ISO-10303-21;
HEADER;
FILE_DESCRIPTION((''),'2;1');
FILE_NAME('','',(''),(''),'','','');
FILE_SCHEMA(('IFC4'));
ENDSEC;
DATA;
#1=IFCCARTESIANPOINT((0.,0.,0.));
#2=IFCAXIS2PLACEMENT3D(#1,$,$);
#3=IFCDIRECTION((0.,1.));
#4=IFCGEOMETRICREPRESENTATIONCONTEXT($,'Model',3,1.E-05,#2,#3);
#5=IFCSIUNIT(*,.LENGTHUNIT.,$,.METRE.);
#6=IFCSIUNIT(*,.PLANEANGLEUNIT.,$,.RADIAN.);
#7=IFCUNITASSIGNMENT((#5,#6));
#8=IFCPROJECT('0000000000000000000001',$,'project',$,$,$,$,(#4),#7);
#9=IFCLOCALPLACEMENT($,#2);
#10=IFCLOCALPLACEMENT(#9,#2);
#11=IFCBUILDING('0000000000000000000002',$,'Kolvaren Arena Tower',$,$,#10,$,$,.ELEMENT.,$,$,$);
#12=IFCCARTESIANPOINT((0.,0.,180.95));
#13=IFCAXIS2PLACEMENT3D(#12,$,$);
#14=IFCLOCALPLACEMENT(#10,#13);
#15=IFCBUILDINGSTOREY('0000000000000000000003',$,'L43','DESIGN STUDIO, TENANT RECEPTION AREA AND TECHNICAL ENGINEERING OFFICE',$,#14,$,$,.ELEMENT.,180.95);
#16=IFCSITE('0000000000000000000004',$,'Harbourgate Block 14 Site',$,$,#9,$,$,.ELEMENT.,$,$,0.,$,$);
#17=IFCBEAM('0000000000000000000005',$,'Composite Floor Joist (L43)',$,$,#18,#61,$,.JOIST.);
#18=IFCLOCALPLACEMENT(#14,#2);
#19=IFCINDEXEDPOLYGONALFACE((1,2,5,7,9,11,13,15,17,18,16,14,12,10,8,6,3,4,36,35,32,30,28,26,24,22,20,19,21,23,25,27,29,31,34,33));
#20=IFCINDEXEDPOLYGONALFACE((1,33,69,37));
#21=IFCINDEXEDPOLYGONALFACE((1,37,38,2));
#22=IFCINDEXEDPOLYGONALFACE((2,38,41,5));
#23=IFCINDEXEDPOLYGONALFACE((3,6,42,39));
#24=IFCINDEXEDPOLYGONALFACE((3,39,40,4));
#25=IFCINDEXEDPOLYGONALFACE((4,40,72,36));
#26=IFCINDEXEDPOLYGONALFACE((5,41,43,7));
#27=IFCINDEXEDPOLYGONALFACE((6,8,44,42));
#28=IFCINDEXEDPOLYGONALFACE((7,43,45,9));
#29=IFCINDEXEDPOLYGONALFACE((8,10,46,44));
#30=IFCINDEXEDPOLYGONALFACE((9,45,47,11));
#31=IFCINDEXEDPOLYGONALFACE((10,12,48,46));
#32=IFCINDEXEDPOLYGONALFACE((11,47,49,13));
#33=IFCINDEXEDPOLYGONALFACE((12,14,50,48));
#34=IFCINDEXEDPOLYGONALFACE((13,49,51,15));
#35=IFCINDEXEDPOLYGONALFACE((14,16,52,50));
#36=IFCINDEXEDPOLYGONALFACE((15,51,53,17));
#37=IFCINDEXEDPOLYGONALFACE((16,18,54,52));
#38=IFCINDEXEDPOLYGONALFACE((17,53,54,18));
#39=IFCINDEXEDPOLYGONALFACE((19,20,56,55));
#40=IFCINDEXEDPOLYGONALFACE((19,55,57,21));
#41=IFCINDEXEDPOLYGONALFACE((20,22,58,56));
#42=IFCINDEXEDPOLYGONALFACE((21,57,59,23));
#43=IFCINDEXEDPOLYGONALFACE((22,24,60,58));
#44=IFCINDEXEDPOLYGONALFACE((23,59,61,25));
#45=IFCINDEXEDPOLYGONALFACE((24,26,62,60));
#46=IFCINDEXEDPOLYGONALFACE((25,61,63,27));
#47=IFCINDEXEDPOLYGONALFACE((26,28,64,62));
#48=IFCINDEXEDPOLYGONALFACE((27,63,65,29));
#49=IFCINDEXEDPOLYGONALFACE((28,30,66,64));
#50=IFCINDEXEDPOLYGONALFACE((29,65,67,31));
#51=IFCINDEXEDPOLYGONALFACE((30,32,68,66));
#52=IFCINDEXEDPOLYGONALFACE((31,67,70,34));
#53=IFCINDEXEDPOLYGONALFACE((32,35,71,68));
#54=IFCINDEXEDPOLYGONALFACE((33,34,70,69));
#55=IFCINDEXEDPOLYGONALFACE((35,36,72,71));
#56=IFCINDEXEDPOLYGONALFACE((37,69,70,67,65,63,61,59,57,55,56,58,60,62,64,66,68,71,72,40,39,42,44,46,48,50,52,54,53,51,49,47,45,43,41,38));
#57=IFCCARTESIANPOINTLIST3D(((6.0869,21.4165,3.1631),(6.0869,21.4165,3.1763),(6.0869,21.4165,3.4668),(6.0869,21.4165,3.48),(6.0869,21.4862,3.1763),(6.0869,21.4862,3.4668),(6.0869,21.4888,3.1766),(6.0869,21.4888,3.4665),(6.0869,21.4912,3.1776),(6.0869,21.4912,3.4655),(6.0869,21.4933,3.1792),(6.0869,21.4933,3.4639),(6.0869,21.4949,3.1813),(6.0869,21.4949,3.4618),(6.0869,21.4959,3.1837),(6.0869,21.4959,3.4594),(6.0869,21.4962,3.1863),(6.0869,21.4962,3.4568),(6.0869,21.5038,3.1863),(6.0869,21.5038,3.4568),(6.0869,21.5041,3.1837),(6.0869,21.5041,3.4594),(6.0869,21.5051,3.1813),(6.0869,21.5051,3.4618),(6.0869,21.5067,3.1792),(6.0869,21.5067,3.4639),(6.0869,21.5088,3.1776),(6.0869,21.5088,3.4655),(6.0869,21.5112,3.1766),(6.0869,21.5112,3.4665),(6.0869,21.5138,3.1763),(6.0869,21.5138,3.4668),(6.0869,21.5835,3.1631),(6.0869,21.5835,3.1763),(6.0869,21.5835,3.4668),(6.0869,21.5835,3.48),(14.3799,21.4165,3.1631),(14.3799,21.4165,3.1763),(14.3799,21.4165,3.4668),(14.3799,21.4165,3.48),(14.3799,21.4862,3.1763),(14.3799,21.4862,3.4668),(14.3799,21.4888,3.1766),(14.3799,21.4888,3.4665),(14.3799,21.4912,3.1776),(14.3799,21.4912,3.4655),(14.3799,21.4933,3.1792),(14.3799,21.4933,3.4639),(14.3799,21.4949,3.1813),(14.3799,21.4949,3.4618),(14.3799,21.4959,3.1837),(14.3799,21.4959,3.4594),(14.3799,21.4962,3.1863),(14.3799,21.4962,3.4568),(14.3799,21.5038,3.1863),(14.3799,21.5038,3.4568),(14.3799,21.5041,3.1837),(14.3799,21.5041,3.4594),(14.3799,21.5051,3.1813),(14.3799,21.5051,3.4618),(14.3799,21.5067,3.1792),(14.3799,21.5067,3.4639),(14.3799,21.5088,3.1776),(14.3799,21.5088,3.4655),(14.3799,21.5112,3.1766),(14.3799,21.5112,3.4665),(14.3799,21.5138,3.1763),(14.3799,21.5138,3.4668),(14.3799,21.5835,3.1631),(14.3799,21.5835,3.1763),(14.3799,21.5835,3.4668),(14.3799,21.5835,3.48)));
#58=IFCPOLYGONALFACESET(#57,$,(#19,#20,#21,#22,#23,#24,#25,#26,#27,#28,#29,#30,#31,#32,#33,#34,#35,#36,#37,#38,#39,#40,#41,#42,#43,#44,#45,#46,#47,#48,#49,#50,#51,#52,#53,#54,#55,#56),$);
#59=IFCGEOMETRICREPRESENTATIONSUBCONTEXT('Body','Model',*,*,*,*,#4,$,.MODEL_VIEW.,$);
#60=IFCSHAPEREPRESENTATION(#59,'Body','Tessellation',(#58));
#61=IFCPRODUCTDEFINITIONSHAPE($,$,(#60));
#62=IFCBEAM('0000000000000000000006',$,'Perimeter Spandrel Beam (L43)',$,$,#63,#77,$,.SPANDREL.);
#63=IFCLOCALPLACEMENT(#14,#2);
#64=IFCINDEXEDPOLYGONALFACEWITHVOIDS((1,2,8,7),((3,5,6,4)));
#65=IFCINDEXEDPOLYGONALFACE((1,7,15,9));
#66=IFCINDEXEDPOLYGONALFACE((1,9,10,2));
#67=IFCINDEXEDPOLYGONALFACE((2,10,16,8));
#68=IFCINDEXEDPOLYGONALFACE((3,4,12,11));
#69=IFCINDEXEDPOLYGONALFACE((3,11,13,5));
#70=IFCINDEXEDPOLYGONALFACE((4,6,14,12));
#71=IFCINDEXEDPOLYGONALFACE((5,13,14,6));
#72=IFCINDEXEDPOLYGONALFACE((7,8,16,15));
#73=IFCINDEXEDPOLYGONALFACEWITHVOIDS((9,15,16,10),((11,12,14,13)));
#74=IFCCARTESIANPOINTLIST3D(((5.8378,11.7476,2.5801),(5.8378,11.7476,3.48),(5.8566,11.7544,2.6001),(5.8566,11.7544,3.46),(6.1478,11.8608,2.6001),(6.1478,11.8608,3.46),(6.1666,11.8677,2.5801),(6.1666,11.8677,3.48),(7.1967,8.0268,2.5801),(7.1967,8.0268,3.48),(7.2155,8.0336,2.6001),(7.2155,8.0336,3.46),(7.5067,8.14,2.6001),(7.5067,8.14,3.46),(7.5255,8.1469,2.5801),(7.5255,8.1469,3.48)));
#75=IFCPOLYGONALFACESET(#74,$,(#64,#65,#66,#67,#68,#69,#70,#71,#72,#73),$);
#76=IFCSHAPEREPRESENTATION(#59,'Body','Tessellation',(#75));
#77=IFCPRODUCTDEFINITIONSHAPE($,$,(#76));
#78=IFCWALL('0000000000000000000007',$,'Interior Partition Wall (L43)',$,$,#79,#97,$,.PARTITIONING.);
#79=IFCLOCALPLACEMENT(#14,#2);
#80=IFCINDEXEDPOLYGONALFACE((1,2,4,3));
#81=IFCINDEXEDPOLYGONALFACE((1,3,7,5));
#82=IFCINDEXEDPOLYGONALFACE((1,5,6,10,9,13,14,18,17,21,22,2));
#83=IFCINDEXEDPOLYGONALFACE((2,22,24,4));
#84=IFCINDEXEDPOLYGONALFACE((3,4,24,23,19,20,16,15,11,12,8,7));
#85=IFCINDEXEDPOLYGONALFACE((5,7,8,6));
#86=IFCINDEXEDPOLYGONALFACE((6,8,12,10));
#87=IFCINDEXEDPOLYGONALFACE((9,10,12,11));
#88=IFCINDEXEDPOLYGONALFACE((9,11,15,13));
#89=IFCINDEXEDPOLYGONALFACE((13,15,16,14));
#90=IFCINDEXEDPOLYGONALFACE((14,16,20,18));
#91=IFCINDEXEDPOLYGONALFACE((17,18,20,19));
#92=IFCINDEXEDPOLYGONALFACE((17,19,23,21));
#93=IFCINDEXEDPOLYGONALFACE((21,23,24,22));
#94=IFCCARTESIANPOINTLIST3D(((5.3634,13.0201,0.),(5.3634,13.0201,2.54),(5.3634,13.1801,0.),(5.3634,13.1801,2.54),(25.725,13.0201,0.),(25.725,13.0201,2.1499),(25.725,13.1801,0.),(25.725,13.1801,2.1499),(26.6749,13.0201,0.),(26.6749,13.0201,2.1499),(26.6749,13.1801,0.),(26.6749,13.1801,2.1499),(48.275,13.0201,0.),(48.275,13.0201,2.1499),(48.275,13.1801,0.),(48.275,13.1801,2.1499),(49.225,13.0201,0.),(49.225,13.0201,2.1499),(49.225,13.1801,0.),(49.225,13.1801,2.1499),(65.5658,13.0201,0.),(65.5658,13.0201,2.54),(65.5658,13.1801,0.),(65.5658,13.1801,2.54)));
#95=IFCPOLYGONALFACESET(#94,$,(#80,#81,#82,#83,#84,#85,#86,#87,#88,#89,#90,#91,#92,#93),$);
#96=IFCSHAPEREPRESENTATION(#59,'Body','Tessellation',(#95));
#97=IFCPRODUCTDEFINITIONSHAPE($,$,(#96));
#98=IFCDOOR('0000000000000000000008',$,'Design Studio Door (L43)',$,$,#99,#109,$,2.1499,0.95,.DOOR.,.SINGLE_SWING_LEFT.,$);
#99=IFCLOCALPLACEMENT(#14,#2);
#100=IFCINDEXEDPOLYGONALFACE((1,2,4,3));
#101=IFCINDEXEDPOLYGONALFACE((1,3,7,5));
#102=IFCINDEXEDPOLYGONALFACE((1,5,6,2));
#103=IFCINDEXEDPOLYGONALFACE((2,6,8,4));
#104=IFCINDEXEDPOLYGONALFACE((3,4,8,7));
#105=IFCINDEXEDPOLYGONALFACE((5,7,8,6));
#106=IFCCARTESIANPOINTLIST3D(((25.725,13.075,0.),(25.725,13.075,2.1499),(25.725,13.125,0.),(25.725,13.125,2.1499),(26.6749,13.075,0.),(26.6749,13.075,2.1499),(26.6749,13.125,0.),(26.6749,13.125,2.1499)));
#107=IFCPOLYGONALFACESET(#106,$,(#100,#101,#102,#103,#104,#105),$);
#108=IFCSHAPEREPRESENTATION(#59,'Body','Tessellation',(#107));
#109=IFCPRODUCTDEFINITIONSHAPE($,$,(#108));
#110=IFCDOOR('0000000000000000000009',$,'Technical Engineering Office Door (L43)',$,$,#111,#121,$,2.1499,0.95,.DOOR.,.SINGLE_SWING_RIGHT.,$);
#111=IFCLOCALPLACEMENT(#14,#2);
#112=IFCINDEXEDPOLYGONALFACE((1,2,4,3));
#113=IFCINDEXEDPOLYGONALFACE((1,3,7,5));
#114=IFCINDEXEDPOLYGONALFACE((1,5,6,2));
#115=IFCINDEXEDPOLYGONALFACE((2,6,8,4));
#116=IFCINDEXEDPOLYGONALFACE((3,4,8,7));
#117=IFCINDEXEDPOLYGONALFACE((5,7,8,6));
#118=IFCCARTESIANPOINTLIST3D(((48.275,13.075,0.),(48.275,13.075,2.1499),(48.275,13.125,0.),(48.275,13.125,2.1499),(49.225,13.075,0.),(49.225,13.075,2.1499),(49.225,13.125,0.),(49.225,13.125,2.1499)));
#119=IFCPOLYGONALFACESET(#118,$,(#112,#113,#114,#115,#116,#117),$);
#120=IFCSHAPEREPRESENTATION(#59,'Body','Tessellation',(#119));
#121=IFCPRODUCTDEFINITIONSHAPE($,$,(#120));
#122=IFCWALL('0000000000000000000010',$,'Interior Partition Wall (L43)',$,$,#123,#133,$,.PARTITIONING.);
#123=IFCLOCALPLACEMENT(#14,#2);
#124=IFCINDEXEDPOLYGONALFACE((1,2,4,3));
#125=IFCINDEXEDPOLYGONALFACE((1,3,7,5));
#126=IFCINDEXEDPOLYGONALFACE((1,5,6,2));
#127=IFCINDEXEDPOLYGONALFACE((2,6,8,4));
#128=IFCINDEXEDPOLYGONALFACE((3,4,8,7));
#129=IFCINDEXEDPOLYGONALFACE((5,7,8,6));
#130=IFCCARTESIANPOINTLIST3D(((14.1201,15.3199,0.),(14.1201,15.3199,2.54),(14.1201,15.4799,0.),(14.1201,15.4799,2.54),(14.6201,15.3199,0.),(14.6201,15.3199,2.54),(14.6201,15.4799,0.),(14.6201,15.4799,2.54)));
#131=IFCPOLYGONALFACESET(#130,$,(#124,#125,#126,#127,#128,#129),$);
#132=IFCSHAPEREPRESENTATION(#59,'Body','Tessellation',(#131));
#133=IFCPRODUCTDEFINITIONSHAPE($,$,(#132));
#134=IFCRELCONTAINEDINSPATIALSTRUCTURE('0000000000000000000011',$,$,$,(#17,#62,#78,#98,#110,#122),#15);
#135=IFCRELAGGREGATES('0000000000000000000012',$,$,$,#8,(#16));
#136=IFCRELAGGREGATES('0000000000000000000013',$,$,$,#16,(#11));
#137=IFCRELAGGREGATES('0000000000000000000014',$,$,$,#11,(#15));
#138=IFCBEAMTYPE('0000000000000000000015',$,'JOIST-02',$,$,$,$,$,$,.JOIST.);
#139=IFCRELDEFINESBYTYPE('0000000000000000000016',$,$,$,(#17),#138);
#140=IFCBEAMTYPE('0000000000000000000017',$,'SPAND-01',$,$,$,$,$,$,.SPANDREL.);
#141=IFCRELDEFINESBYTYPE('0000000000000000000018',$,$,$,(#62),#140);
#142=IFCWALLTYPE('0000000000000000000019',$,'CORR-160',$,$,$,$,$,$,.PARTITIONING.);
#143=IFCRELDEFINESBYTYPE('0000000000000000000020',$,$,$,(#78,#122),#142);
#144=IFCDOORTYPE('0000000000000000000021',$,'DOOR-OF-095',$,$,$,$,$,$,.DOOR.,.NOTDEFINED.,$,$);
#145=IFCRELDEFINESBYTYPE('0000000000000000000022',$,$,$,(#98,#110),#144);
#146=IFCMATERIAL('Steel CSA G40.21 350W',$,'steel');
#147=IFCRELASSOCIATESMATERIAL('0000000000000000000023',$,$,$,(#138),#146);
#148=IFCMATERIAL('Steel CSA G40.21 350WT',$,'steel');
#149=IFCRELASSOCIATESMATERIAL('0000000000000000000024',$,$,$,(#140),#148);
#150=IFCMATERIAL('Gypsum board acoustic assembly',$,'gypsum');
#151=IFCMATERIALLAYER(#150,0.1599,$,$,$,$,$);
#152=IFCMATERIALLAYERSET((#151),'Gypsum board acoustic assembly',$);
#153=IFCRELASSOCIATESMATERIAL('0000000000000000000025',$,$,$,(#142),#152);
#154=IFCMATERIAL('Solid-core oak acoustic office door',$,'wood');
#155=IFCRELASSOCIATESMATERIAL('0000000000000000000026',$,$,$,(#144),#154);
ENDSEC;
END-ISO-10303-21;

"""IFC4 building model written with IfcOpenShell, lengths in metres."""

from ifc_helpers import new_model, si_unit, direction, frame, frame_2d, origin, origin_2d, place, context, subcontext, project, spatial, rectangle, hollow_rectangle, i_section, extrude, material, layer, layer_set, material_profile, profile_set, type_object, element, fill, save


model = new_model("IFC4")

# Units and contexts
model_context = context("Model", 3, precision=1e-05, world=origin(), true_north=direction((0.0, 1.0)))
body_context = subcontext(model_context, "Body", "Model", "MODEL_VIEW")
ifc_project = project(units=[si_unit("LENGTHUNIT", "METRE"), si_unit("PLANEANGLEUNIT", "RADIAN")], contexts=[model_context])

# Site, building, storey
site_placement = place(None, origin())
site = spatial("IfcSite", under=ifc_project, at=site_placement, Name="Harbourgate Block 14 Site", CompositionType="ELEMENT", RefElevation=0.0)
building_placement = place(site_placement, origin())
building = spatial("IfcBuilding", under=site, at=building_placement, Name="Kolvaren Arena Tower", CompositionType="ELEMENT")
storey_placement = place(building_placement, frame((0.0, 0.0, 180.95)))
storey = spatial("IfcBuildingStorey", under=building, at=storey_placement, Name="L43", Description="DESIGN STUDIO, TENANT RECEPTION AREA AND TECHNICAL ENGINEERING OFFICE", CompositionType="ELEMENT", Elevation=180.95)

# Beams
ifc_material_1 = material(Name="Steel CSA G40.21 350W", Category="steel")
ifc_material_profile_1 = material_profile(ifc_material_1, i_section(OverallWidth=0.167, OverallDepth=0.3169, WebThickness=0.0076, FlangeThickness=0.0132, FilletRadius=0.01, at=origin_2d()), Name="W310x52")
ifc_profile_set_1 = profile_set([ifc_material_profile_1], Name="Steel CSA G40.21 350W")
beam_type_1 = type_object("IfcBeamType", Name="JOIST-02", PredefinedType="JOIST", material=ifc_profile_set_1)
beam_1_placement = place(storey_placement, frame((6.0869, 21.5, 3.3215), z_axis=(1.0, 0.0, 0.0), x_axis=(0.0, 1.0, 0.0)))
element("IfcBeam", 1, at=beam_1_placement, inside=storey, type_object=beam_type_1, Name="Composite Floor Joist (L43)", PredefinedType="JOIST", context=body_context, shape_type="SweptSolid", body=[
    extrude(i_section(OverallWidth=0.167, OverallDepth=0.3169, WebThickness=0.0076, FlangeThickness=0.0132, FilletRadius=0.01, at=origin_2d()), origin(), (0.0, 0.0, 1.0), 8.293),
])
ifc_material_2 = material(Name="Steel CSA G40.21 350WT", Category="steel")
ifc_material_profile_2 = material_profile(ifc_material_2, hollow_rectangle(XDim=0.3501, YDim=0.8999, WallThickness=0.02, at=origin_2d()), Name="HSS 900x350x20")
ifc_profile_set_2 = profile_set([ifc_material_profile_2], Name="Steel CSA G40.21 350WT")
beam_type_2 = type_object("IfcBeamType", Name="SPAND-01", PredefinedType="SPANDREL", material=ifc_profile_set_2)
beam_2_placement = place(storey_placement, frame((6.0022, 11.8076, 3.03), z_axis=(0.343059, -0.939314, 0.0), x_axis=(0.939314, 0.343059, 0.0)))
element("IfcBeam", 2, at=beam_2_placement, inside=storey, type_object=beam_type_2, Name="Perimeter Spandrel Beam (L43)", PredefinedType="SPANDREL", context=body_context, shape_type="SweptSolid", body=[
    extrude(hollow_rectangle(XDim=0.3501, YDim=0.8999, WallThickness=0.02, at=origin_2d()), origin(), (0.0, 0.0, 1.0), 3.9612),
])

# Wall, openings, doors
ifc_material_3 = material(Name="Gypsum board acoustic assembly", Category="gypsum")
ifc_layer_1 = layer(ifc_material_3, 0.1599)
ifc_layer_set_1 = layer_set([ifc_layer_1], Name="Gypsum board acoustic assembly")
wall_type_1 = type_object("IfcWallType", Name="CORR-160", PredefinedType="PARTITIONING", material=ifc_layer_set_1)
wall_1_placement = place(storey_placement, frame((5.3635, 13.1001, 0.0), z_axis=(0.0, 0.0, 1.0), x_axis=(1.0, 0.0, 0.0)))
wall_1 = element("IfcWall", 3, at=wall_1_placement, inside=storey, type_object=wall_type_1, Name="Interior Partition Wall (L43)", PredefinedType="PARTITIONING", context=body_context, shape_type="SweptSolid", body=[
    extrude(rectangle(XDim=60.2024, YDim=0.1599, at=frame_2d((30.1011, 0.0))), origin(), (0.0, 0.0, 1.0), 2.54),
])
opening_1_placement = place(wall_1_placement, frame((20.3613, 0.0, 0.0)))
opening_1 = element("IfcOpeningElement", 4, at=opening_1_placement, cuts=wall_1, PredefinedType="OPENING", context=body_context, shape_type="SweptSolid", body=[
    extrude(rectangle(XDim=0.95, YDim=2.1499, at=frame_2d((0.4751, 1.075))), frame((0.0, 0.0898, 0.0), z_axis=(0.0, -1.0, 0.0), x_axis=(1.0, 0.0, 0.0)), (0.0, 0.0, 1.0), 0.1799),
])
opening_2_placement = place(wall_1_placement, frame((42.9114, 0.0, 0.0)))
opening_2 = element("IfcOpeningElement", 5, at=opening_2_placement, cuts=wall_1, PredefinedType="OPENING", context=body_context, shape_type="SweptSolid", body=[
    extrude(rectangle(XDim=0.95, YDim=2.1499, at=frame_2d((0.4751, 1.075))), frame((0.0, 0.0898, 0.0), z_axis=(0.0, -1.0, 0.0), x_axis=(1.0, 0.0, 0.0)), (0.0, 0.0, 1.0), 0.1799),
])
ifc_material_4 = material(Name="Solid-core oak acoustic office door", Category="wood")
door_type = type_object("IfcDoorType", Name="DOOR-OF-095", OperationType="NOTDEFINED", PredefinedType="DOOR", material=ifc_material_4)
door_1_placement = place(opening_1_placement, origin())
door_1 = element("IfcDoor", 6, at=door_1_placement, inside=storey, type_object=door_type, Name="Design Studio Door (L43)", OperationType="SINGLE_SWING_LEFT", OverallHeight=2.1499, OverallWidth=0.95, PredefinedType="DOOR", context=body_context, shape_type="SweptSolid", body=[
    extrude(rectangle(XDim=0.95, YDim=2.1499, at=frame_2d((0.4751, 1.075))), frame((0.0, 0.0249, 0.0), z_axis=(0.0, -1.0, 0.0), x_axis=(1.0, 0.0, 0.0)), (0.0, 0.0, 1.0), 0.05),
])
fill(opening_1, door_1)
door_2_placement = place(opening_2_placement, origin())
door_2 = element("IfcDoor", 7, at=door_2_placement, inside=storey, type_object=door_type, Name="Technical Engineering Office Door (L43)", OperationType="SINGLE_SWING_RIGHT", OverallHeight=2.1499, OverallWidth=0.95, PredefinedType="DOOR", context=body_context, shape_type="SweptSolid", body=[
    extrude(rectangle(XDim=0.95, YDim=2.1499, at=frame_2d((0.4751, 1.075))), frame((0.0, 0.0249, 0.0), z_axis=(0.0, -1.0, 0.0), x_axis=(1.0, 0.0, 0.0)), (0.0, 0.0, 1.0), 0.05),
])
fill(opening_2, door_2)

# Wall
wall_2_placement = place(storey_placement, frame((14.1201, 15.3999, 0.0), z_axis=(0.0, 0.0, 1.0), x_axis=(1.0, 0.0, 0.0)))
element("IfcWall", 8, at=wall_2_placement, inside=storey, type_object=wall_type_1, Name="Interior Partition Wall (L43)", PredefinedType="PARTITIONING", context=body_context, shape_type="SweptSolid", body=[
    extrude(rectangle(XDim=0.5, YDim=0.1599, at=frame_2d((0.25, 0.0))), origin(), (0.0, 0.0, 1.0), 2.54),
])

save(model, "model.ifc")
